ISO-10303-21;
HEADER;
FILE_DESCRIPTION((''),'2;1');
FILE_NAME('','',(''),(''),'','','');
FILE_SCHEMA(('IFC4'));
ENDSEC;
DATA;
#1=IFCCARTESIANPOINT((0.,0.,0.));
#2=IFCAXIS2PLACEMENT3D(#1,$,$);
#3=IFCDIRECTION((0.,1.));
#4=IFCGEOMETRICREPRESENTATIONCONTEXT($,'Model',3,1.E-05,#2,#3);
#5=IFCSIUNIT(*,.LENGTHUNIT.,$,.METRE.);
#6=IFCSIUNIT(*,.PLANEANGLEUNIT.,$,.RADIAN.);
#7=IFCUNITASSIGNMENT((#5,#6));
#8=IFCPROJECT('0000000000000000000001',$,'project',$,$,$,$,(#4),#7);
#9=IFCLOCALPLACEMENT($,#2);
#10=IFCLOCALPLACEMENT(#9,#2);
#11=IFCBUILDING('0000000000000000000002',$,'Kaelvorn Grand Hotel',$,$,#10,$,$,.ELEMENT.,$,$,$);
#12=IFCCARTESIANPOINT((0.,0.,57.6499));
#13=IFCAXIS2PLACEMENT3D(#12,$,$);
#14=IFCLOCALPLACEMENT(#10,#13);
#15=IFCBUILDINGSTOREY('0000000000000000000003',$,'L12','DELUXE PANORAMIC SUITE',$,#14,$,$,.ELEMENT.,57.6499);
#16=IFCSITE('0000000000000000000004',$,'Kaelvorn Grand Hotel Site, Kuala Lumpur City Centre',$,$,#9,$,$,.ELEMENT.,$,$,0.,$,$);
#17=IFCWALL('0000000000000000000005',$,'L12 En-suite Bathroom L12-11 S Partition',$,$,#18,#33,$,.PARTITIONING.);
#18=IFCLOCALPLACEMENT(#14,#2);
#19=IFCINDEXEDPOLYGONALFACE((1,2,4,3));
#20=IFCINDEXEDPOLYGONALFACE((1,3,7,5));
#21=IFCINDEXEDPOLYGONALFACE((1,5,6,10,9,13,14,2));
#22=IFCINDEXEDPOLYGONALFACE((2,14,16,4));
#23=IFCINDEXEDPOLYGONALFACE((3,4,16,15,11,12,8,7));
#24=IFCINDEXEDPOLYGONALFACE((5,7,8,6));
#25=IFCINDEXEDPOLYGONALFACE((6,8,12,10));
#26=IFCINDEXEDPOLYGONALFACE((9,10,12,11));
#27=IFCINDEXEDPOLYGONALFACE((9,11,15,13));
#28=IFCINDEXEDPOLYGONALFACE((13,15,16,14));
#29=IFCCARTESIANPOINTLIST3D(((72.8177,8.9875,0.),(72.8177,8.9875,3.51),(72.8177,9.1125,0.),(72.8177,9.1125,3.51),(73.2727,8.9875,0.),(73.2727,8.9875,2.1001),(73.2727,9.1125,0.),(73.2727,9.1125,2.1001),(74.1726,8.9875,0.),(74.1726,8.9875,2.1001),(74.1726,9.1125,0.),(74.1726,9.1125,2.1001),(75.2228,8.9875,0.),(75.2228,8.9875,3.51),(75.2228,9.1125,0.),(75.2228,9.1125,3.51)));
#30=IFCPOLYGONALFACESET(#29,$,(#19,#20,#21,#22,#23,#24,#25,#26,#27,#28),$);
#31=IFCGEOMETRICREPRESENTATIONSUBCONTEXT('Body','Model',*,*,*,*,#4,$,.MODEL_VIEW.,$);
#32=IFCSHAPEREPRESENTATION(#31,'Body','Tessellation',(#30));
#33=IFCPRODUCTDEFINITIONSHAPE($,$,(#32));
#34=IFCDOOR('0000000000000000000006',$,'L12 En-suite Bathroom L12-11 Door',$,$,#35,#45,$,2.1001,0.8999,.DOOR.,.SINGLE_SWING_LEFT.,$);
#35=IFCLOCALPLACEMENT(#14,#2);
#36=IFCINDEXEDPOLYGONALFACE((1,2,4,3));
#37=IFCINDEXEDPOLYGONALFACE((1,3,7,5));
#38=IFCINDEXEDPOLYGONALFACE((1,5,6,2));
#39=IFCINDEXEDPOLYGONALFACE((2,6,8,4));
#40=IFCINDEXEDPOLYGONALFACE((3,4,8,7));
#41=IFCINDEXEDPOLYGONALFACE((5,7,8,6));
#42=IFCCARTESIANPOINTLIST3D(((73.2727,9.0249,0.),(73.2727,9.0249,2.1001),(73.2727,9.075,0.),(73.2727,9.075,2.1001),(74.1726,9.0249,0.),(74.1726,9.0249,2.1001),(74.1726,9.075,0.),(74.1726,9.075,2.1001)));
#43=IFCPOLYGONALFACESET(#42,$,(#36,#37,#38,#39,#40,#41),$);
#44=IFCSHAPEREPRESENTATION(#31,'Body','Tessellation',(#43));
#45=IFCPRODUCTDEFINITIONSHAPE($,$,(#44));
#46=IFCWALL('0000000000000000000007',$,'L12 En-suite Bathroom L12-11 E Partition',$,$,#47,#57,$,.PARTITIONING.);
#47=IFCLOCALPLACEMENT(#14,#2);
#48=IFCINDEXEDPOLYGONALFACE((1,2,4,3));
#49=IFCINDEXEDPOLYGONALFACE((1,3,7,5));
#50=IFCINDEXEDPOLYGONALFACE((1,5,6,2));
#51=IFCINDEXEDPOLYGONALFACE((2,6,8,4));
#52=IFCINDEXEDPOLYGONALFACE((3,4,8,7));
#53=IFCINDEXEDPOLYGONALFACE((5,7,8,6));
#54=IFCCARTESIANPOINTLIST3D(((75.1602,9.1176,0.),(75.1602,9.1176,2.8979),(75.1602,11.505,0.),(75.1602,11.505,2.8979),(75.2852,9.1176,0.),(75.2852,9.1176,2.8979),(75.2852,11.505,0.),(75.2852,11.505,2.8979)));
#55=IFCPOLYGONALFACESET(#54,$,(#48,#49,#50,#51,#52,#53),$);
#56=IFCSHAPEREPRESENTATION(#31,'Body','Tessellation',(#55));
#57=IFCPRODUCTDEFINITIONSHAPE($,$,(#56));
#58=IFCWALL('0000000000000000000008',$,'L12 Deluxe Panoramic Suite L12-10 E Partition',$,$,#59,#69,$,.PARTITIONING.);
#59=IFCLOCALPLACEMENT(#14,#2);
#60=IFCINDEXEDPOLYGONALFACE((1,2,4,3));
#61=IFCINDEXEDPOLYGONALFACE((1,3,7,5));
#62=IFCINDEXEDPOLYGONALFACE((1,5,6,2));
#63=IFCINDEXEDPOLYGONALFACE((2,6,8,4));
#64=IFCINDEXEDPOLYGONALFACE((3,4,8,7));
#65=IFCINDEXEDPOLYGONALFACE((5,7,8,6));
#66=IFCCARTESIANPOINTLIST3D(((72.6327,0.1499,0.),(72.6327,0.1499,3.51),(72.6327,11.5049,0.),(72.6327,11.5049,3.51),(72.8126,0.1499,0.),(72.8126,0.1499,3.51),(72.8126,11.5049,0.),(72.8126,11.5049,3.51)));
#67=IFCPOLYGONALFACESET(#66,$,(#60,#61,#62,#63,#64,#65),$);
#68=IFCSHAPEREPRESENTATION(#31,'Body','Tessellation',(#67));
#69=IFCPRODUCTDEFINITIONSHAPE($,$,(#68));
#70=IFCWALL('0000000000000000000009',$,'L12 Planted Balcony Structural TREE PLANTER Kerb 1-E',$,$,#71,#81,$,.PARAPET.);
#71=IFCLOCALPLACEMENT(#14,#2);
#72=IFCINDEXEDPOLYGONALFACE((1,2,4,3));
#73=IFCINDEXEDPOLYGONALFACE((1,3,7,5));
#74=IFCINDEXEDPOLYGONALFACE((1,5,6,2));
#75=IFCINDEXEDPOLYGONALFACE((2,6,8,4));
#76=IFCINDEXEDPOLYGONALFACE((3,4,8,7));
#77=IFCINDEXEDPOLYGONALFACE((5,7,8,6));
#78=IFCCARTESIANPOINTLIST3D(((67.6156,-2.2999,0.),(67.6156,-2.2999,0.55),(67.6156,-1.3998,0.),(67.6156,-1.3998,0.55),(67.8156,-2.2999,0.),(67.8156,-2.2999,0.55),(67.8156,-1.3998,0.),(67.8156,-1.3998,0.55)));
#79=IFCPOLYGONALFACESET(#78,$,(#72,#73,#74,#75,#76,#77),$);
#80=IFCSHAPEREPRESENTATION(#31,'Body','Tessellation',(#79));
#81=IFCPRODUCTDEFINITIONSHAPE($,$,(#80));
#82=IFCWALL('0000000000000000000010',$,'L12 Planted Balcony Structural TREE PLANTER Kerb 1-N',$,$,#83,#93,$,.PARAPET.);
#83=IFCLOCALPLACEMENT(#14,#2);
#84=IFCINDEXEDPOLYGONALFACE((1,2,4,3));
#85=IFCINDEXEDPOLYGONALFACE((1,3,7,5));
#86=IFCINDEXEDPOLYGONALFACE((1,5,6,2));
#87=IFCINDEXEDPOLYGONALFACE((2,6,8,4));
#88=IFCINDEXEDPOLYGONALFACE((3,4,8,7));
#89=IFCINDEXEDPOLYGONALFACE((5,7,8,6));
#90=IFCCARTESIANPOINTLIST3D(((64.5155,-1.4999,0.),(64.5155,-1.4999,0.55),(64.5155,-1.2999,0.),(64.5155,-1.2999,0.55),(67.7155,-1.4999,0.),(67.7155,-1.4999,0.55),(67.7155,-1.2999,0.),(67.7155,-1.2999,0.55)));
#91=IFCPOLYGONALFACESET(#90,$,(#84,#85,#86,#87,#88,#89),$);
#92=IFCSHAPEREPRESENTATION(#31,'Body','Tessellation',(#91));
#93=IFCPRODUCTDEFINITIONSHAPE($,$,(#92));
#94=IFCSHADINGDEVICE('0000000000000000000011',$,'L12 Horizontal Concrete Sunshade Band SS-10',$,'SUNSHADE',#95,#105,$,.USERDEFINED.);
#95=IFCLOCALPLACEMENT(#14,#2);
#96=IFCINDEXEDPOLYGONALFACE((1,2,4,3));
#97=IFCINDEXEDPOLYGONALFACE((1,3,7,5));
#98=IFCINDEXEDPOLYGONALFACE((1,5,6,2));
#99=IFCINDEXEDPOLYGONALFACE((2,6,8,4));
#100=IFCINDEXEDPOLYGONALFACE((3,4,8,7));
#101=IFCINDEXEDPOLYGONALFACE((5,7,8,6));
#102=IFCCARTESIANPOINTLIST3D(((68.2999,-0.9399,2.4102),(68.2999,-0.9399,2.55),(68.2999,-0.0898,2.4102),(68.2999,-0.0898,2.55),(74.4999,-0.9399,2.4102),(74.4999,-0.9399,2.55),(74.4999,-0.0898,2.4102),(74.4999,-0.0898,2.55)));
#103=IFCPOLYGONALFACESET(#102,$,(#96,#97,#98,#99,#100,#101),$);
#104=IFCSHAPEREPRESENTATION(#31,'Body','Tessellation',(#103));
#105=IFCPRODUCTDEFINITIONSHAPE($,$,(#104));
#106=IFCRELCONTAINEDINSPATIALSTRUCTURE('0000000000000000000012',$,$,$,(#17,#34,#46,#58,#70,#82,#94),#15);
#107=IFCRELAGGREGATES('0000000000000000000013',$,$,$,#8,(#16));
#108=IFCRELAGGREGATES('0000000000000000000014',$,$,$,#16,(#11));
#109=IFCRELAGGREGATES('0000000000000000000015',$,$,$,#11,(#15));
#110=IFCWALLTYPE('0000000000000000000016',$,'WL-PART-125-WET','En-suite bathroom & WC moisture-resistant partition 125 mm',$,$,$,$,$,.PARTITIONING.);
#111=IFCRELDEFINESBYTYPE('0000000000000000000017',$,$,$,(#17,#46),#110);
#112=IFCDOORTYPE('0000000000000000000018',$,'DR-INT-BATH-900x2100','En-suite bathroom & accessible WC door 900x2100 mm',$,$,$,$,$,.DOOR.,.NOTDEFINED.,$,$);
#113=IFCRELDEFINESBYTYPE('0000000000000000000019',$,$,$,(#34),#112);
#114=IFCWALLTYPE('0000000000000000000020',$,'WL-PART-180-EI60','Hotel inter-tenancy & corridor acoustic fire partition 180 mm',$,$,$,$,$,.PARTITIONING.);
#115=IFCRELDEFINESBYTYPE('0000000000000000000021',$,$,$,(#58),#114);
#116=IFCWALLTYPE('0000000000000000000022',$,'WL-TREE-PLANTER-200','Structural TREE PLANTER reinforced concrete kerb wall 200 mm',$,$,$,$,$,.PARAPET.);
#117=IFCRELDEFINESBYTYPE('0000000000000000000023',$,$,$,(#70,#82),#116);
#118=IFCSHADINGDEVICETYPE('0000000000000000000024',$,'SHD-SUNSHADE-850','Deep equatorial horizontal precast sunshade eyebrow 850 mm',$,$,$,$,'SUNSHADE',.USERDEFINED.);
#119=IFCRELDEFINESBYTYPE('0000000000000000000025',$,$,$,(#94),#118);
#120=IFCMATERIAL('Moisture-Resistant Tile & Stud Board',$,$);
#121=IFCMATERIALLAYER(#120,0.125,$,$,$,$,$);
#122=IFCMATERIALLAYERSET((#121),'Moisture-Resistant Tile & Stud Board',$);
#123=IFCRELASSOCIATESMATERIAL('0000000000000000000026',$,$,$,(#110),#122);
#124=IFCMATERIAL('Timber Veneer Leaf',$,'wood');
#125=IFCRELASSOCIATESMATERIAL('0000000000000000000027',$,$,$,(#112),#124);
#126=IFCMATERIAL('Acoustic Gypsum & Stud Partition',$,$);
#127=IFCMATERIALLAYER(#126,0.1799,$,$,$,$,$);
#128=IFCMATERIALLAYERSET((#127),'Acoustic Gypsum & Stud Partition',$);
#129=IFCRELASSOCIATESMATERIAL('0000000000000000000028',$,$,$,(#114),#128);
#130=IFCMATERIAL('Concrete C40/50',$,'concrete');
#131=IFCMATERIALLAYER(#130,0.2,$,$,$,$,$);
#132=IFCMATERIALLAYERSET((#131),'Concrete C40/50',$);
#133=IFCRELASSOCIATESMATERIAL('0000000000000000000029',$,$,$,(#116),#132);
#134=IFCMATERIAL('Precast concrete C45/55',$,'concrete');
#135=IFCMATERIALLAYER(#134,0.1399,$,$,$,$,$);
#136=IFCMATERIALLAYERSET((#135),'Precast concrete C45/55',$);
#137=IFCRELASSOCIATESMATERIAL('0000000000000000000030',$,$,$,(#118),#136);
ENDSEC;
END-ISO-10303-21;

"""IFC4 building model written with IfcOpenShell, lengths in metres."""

from ifc_helpers import new_model, si_unit, direction, frame, frame_2d, origin, origin_2d, place, context, subcontext, project, spatial, rectangle, extrude, material, layer, layer_set, type_object, element, fill, save


model = new_model("IFC4")

# Units and contexts
model_context = context("Model", 3, precision=1e-05, world=origin(), true_north=direction((0.0, 1.0)))
body_context = subcontext(model_context, "Body", "Model", "MODEL_VIEW")
ifc_project = project(units=[si_unit("LENGTHUNIT", "METRE"), si_unit("PLANEANGLEUNIT", "RADIAN")], contexts=[model_context])

# Site, building, storey
site_placement = place(None, origin())
site = spatial("IfcSite", under=ifc_project, at=site_placement, Name="Kaelvorn Grand Hotel Site, Kuala Lumpur City Centre", CompositionType="ELEMENT", RefElevation=0.0)
building_placement = place(site_placement, origin())
building = spatial("IfcBuilding", under=site, at=building_placement, Name="Kaelvorn Grand Hotel", CompositionType="ELEMENT")
storey_placement = place(building_placement, frame((0.0, 0.0, 57.6499)))
storey = spatial("IfcBuildingStorey", under=building, at=storey_placement, Name="L12", Description="DELUXE PANORAMIC SUITE", CompositionType="ELEMENT", Elevation=57.6499)

# Shared definitions
ifc_material_1 = material(Name="Concrete C40/50", Category="concrete")

# Shared definitions
ifc_material_2 = material(Name="Precast concrete C45/55", Category="concrete")

# Shared definitions
ifc_material_3 = material(Name="Moisture-Resistant Tile & Stud Board")
ifc_layer_1 = layer(ifc_material_3, 0.125)
ifc_layer_set_1 = layer_set([ifc_layer_1], Name="Moisture-Resistant Tile & Stud Board")
wall_type_1 = type_object("IfcWallType", Name="WL-PART-125-WET", Description="En-suite bathroom & WC moisture-resistant partition 125 mm", PredefinedType="PARTITIONING", material=ifc_layer_set_1)

# Wall, opening, door
wall_1_placement = place(storey_placement, frame((72.8176, 9.05, 0.0), z_axis=(0.0, 0.0, 1.0), x_axis=(1.0, 0.0, 0.0)))
wall_1 = element("IfcWall", 1, at=wall_1_placement, inside=storey, type_object=wall_type_1, Name="L12 En-suite Bathroom L12-11 S Partition", PredefinedType="PARTITIONING", context=body_context, shape_type="SweptSolid", body=[
    extrude(rectangle(XDim=2.405, YDim=0.125, at=frame_2d((1.2026, 0.0))), origin(), (0.0, 0.0, 1.0), 3.51),
])
opening_1_placement = place(wall_1_placement, frame((0.4551, 0.0, 0.0)))
opening_1 = element("IfcOpeningElement", 2, at=opening_1_placement, cuts=wall_1, PredefinedType="OPENING", context=body_context, shape_type="SweptSolid", body=[
    extrude(rectangle(XDim=0.8999, YDim=2.1001, at=frame_2d((0.45, 1.05))), frame((0.0, 0.0725, 0.0), z_axis=(0.0, -1.0, 0.0), x_axis=(1.0, 0.0, 0.0)), (0.0, 0.0, 1.0), 0.145),
])
ifc_material_4 = material(Name="Timber Veneer Leaf", Category="wood")
door_type = type_object("IfcDoorType", Name="DR-INT-BATH-900x2100", Description="En-suite bathroom & accessible WC door 900x2100 mm", OperationType="NOTDEFINED", PredefinedType="DOOR", material=ifc_material_4)
door_placement = place(opening_1_placement, origin())
door = element("IfcDoor", 3, at=door_placement, inside=storey, type_object=door_type, Name="L12 En-suite Bathroom L12-11 Door", OperationType="SINGLE_SWING_LEFT", OverallHeight=2.1001, OverallWidth=0.8999, PredefinedType="DOOR", context=body_context, shape_type="SweptSolid", body=[
    extrude(rectangle(XDim=0.8999, YDim=2.1001, at=frame_2d((0.45, 1.05))), frame((0.0, 0.0249, 0.0), z_axis=(0.0, -1.0, 0.0), x_axis=(1.0, 0.0, 0.0)), (0.0, 0.0, 1.0), 0.05),
])
fill(opening_1, door)

# Walls
wall_2_placement = place(storey_placement, frame((75.2227, 9.1174, 0.0), z_axis=(0.0, 0.0, 1.0), x_axis=(0.0, 1.0, 0.0)))
element("IfcWall", 4, at=wall_2_placement, inside=storey, type_object=wall_type_1, Name="L12 En-suite Bathroom L12-11 E Partition", PredefinedType="PARTITIONING", context=body_context, shape_type="SweptSolid", body=[
    extrude(rectangle(XDim=2.3875, YDim=0.125, at=frame_2d((1.1938, 0.0))), origin(), (0.0, 0.0, 1.0), 2.8979),
])
ifc_material_5 = material(Name="Acoustic Gypsum & Stud Partition")
ifc_layer_2 = layer(ifc_material_5, 0.1799)
ifc_layer_set_2 = layer_set([ifc_layer_2], Name="Acoustic Gypsum & Stud Partition")
wall_type_2 = type_object("IfcWallType", Name="WL-PART-180-EI60", Description="Hotel inter-tenancy & corridor acoustic fire partition 180 mm", PredefinedType="PARTITIONING", material=ifc_layer_set_2)
wall_3_placement = place(storey_placement, frame((72.7227, 0.1499, 0.0), z_axis=(0.0, 0.0, 1.0), x_axis=(0.0, 1.0, 0.0)))
element("IfcWall", 5, at=wall_3_placement, inside=storey, type_object=wall_type_2, Name="L12 Deluxe Panoramic Suite L12-10 E Partition", PredefinedType="PARTITIONING", context=body_context, shape_type="SweptSolid", body=[
    extrude(rectangle(XDim=11.355, YDim=0.1799, at=frame_2d((5.6775, 0.0))), origin(), (0.0, 0.0, 1.0), 3.51),
])
ifc_layer_3 = layer(ifc_material_1, 0.2)
ifc_layer_set_3 = layer_set([ifc_layer_3], Name="Concrete C40/50")
wall_type_3 = type_object("IfcWallType", Name="WL-TREE-PLANTER-200", Description="Structural TREE PLANTER reinforced concrete kerb wall 200 mm", PredefinedType="PARAPET", material=ifc_layer_set_3)
wall_4_placement = place(storey_placement, frame((67.7156, -2.3, 0.0), z_axis=(0.0, 0.0, 1.0), x_axis=(0.0, 1.0, 0.0)))
element("IfcWall", 6, at=wall_4_placement, inside=storey, type_object=wall_type_3, Name="L12 Planted Balcony Structural TREE PLANTER Kerb 1-E", PredefinedType="PARAPET", context=body_context, shape_type="SweptSolid", body=[
    extrude(rectangle(XDim=0.9001, YDim=0.2, at=frame_2d((0.4502, 0.0))), origin(), (0.0, 0.0, 1.0), 0.55),
])
wall_5_placement = place(storey_placement, frame((67.7156, -1.3999, 0.0), z_axis=(0.0, 0.0, 1.0), x_axis=(-1.0, 0.0, 0.0)))
element("IfcWall", 7, at=wall_5_placement, inside=storey, type_object=wall_type_3, Name="L12 Planted Balcony Structural TREE PLANTER Kerb 1-N", PredefinedType="PARAPET", context=body_context, shape_type="SweptSolid", body=[
    extrude(rectangle(XDim=3.2, YDim=0.2, at=frame_2d((1.6001, 0.0))), origin(), (0.0, 0.0, 1.0), 0.55),
])

# Shading device
ifc_layer_4 = layer(ifc_material_2, 0.1399)
ifc_layer_set_4 = layer_set([ifc_layer_4], Name="Precast concrete C45/55")
shading_device_type = type_object("IfcShadingDeviceType", Name="SHD-SUNSHADE-850", Description="Deep equatorial horizontal precast sunshade eyebrow 850 mm", ElementType="SUNSHADE", PredefinedType="USERDEFINED", material=ifc_layer_set_4)
shading_device_placement = place(storey_placement, frame((71.3999, -0.5149, 2.4102), z_axis=(0.0, 0.0, 1.0), x_axis=(1.0, 0.0, 0.0)))
element("IfcShadingDevice", 8, at=shading_device_placement, inside=storey, type_object=shading_device_type, Name="L12 Horizontal Concrete Sunshade Band SS-10", ObjectType="SUNSHADE", PredefinedType="USERDEFINED", context=body_context, shape_type="SweptSolid", body=[
    extrude(rectangle(XDim=6.2, YDim=0.8501, at=origin_2d()), origin(), (0.0, 0.0, 1.0), 0.1399),
])

save(model, "model.ifc")
